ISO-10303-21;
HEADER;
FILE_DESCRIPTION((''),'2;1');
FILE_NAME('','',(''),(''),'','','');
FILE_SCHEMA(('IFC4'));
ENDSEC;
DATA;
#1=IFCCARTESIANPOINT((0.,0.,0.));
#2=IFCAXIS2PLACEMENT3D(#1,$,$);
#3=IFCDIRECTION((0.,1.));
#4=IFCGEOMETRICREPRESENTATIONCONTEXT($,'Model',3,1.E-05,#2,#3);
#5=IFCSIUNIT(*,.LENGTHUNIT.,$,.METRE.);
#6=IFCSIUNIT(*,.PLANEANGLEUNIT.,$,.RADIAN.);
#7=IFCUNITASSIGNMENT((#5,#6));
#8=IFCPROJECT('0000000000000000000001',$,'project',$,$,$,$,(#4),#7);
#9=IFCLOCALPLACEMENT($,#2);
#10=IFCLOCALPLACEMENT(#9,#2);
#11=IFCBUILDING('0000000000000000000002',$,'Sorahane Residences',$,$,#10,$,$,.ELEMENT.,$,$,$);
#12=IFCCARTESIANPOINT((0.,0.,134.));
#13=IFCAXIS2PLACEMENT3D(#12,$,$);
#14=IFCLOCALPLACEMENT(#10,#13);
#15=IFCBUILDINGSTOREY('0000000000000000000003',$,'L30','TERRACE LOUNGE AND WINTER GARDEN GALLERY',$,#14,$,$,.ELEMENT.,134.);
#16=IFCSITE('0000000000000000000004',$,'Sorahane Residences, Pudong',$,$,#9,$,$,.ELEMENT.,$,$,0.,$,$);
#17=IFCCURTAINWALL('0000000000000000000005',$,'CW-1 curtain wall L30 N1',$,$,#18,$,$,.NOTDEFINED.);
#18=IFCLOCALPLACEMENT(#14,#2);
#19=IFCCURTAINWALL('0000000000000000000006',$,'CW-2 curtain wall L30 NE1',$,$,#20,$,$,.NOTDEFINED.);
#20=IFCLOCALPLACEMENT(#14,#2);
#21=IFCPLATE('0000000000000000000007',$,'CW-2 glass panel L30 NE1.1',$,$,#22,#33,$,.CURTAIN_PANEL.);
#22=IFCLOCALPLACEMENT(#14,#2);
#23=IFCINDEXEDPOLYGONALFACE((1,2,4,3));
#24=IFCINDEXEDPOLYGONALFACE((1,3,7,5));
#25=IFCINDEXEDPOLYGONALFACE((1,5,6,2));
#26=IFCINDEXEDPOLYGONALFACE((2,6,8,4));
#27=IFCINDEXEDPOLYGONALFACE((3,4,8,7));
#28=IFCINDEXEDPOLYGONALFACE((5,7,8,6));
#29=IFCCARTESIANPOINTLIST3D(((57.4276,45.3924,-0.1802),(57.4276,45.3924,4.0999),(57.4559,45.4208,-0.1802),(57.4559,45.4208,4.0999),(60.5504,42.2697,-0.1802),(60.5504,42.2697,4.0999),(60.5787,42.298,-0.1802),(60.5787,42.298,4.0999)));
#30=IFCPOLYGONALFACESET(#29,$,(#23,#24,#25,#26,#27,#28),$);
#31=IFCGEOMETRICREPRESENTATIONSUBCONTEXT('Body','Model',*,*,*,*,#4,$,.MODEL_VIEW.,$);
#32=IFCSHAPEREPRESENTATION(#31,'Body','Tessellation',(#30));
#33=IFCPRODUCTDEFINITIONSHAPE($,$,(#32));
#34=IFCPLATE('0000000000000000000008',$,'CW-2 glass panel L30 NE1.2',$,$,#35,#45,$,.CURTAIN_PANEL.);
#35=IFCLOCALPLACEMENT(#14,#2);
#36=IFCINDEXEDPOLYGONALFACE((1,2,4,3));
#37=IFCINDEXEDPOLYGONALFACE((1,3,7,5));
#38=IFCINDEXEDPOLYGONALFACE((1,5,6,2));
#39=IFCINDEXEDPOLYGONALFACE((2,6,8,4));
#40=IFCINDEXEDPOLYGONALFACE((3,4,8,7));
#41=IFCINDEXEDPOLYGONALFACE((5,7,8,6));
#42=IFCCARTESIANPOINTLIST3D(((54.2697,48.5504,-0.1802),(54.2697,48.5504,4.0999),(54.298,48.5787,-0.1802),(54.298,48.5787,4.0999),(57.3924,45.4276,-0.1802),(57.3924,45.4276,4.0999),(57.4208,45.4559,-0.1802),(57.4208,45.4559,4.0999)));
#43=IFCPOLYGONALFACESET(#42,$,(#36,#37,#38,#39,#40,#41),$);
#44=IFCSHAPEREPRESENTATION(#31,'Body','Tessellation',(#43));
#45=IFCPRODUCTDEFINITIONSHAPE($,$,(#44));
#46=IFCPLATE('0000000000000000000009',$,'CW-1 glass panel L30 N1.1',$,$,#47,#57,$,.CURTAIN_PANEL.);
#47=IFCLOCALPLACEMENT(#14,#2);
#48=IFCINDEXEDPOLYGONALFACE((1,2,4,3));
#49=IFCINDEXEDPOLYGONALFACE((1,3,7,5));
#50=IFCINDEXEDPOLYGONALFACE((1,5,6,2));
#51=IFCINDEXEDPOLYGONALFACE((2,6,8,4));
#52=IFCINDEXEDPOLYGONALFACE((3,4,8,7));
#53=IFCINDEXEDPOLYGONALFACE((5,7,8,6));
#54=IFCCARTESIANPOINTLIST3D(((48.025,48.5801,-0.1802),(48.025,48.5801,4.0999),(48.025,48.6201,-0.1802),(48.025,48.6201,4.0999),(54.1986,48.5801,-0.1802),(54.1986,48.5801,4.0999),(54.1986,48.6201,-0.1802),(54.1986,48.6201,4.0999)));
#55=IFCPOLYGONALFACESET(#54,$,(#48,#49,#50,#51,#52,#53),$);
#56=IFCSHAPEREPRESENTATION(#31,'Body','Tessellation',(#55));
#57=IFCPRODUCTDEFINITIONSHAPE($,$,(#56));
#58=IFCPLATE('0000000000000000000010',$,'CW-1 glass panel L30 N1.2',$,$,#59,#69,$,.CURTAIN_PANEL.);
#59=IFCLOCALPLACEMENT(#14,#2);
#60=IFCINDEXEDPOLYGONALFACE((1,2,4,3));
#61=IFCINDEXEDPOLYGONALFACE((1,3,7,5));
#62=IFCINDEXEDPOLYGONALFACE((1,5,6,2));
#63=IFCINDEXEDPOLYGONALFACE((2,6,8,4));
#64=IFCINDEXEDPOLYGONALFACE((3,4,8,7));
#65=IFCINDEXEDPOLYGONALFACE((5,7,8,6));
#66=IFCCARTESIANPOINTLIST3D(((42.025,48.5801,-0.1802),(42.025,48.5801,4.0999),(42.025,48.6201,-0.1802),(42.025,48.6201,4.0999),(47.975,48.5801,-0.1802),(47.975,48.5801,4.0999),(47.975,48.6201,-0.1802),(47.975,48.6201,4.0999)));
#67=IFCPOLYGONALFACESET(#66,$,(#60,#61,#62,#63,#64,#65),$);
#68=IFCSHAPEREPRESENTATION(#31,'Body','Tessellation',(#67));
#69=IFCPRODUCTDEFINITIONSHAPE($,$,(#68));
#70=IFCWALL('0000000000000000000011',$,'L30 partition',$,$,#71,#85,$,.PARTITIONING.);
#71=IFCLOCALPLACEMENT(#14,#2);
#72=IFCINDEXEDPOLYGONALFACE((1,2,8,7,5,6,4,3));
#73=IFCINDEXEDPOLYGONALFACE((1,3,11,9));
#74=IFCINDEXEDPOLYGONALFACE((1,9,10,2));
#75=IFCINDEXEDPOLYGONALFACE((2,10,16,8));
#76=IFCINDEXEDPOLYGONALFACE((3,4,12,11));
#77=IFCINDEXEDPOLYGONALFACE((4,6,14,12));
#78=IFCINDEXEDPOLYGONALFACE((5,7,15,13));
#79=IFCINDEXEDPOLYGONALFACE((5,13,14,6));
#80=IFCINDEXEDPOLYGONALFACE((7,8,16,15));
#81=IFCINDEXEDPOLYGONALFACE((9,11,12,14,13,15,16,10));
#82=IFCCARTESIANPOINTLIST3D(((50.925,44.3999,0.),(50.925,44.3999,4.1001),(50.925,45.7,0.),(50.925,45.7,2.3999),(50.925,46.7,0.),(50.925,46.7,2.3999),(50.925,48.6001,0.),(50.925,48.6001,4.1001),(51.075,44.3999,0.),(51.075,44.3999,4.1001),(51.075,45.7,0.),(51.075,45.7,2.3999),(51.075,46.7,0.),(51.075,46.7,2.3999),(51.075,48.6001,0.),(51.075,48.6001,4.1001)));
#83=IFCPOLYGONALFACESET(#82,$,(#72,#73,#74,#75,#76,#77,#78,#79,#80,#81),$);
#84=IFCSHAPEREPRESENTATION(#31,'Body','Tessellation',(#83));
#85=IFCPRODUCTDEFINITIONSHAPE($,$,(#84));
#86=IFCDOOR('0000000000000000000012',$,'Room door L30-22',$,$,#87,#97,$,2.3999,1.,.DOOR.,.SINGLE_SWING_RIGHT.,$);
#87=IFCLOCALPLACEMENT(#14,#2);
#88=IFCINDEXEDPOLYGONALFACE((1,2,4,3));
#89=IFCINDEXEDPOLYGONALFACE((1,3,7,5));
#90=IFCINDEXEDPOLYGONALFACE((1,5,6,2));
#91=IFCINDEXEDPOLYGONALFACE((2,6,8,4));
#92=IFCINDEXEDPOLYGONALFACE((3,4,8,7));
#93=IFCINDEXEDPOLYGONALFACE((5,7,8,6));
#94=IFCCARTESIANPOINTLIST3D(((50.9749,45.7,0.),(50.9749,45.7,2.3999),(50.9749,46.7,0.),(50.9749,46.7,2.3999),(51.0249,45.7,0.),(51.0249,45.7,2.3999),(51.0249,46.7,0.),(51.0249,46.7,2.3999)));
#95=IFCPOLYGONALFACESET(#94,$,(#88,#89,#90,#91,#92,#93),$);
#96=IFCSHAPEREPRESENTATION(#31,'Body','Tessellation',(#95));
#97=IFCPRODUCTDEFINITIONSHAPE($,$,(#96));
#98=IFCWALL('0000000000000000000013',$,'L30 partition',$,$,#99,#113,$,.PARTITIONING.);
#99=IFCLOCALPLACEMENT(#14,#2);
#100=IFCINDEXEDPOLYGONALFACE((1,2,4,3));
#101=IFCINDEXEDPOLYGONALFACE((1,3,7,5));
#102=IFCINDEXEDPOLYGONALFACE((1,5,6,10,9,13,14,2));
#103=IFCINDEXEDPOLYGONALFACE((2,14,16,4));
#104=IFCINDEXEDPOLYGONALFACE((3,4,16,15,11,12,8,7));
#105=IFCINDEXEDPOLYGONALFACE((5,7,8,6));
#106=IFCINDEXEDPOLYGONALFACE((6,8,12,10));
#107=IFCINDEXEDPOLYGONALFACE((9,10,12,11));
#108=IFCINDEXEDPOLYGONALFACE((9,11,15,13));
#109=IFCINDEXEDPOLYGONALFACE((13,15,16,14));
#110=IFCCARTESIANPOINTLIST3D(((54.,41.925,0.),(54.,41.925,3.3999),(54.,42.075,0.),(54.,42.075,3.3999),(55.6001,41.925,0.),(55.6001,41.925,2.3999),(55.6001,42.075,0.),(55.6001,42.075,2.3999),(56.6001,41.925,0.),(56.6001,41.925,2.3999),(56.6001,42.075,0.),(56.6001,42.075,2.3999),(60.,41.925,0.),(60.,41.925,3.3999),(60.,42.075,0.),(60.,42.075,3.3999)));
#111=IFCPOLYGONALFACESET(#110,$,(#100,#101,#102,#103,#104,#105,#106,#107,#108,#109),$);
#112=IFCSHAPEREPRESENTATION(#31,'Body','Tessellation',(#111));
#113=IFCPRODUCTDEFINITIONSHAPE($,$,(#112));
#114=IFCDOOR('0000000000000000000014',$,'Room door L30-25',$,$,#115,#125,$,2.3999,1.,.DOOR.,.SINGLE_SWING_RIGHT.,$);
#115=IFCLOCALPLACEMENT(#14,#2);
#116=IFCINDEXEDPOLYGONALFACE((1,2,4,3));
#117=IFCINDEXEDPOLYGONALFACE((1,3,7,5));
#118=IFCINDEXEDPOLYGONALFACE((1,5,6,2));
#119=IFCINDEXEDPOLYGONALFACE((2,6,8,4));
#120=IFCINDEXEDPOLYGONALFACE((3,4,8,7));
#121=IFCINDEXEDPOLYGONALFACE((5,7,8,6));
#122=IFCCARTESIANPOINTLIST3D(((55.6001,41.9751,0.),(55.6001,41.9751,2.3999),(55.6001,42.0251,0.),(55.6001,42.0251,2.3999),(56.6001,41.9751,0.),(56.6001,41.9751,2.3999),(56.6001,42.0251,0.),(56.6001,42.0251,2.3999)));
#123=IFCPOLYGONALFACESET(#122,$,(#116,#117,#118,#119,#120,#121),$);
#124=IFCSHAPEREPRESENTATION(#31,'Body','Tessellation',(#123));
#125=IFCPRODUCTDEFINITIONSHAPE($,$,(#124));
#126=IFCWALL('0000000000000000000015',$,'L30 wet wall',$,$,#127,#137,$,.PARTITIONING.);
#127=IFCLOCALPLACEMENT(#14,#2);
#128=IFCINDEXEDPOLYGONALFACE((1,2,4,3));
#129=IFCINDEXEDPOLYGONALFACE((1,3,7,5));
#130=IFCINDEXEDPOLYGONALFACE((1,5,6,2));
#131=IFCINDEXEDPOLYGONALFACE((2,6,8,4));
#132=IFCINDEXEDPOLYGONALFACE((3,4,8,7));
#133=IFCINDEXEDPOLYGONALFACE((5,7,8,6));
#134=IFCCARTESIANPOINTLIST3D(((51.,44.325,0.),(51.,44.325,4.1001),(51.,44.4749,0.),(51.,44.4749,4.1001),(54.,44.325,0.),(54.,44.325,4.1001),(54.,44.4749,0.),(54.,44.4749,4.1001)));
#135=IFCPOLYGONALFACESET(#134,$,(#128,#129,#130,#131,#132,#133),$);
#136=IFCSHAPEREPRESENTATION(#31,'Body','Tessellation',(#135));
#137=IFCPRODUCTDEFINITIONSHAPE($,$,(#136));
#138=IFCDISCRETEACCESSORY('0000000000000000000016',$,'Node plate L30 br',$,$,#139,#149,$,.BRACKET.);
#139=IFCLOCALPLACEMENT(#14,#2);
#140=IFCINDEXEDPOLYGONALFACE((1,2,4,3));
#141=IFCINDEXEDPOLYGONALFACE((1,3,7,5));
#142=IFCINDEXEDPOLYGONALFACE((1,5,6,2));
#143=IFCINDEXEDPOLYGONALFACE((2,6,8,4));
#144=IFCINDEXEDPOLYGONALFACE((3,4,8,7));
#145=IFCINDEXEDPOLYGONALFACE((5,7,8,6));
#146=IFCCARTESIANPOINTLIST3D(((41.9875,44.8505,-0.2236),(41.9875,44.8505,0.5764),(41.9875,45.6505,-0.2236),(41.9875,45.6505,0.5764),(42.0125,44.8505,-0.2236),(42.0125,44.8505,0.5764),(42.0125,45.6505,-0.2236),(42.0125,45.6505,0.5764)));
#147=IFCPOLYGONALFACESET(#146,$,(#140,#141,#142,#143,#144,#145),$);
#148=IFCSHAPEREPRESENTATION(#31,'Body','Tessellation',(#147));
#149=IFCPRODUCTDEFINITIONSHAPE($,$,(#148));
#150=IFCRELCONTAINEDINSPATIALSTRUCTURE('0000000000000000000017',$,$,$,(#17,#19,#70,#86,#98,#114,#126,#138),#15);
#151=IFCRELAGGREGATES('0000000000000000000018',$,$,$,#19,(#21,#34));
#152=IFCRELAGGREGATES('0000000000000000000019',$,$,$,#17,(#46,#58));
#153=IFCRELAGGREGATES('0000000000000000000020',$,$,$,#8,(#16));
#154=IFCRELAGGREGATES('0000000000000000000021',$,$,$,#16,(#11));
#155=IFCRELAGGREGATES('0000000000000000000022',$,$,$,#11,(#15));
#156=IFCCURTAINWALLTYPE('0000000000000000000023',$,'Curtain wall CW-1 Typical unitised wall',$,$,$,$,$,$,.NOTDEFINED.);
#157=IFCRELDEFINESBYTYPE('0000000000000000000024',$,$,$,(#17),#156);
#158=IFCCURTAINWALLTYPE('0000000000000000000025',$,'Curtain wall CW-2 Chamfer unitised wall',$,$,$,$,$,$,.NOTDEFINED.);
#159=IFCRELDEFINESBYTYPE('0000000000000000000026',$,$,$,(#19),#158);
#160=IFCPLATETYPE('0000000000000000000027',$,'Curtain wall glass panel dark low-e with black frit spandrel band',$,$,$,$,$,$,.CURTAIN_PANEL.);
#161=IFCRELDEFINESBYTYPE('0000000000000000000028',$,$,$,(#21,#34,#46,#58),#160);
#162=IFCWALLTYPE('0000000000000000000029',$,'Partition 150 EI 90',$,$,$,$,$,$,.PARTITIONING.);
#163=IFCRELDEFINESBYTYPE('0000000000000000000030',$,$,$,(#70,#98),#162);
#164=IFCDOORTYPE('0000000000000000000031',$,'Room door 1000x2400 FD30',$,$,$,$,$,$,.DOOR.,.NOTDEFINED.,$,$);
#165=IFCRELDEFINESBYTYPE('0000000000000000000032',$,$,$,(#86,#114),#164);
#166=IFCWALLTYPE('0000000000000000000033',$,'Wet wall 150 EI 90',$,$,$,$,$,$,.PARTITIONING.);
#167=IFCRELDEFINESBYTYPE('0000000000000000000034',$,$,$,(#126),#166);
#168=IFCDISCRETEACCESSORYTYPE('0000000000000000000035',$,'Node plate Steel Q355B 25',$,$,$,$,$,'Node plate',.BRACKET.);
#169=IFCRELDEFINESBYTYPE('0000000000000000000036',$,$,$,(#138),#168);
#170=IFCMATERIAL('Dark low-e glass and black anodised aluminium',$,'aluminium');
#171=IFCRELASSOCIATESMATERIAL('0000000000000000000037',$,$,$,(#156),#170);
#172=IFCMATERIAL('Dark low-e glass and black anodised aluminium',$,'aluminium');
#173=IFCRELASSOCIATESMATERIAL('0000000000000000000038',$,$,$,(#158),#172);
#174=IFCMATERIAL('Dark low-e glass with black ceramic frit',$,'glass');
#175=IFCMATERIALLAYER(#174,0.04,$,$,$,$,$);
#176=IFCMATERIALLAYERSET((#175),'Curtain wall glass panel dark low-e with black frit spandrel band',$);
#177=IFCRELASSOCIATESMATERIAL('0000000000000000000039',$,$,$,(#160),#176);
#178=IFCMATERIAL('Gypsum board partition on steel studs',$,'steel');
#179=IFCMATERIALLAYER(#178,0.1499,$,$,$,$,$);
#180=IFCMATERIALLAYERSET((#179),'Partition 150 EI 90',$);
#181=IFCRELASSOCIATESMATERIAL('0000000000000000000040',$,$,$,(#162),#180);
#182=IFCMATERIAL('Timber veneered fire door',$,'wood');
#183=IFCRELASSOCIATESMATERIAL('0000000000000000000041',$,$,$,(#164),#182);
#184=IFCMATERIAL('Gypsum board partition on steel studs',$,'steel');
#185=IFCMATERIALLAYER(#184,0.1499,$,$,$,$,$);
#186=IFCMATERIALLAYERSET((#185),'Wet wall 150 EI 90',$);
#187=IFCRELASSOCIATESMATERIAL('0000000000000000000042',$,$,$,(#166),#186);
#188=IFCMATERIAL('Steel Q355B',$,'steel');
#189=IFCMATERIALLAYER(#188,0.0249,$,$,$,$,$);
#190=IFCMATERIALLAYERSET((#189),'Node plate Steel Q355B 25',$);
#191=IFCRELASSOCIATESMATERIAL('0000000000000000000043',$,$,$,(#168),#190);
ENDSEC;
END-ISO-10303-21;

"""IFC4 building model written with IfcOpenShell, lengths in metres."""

from ifc_helpers import new_model, si_unit, direction, frame, frame_2d, origin, origin_2d, place, context, subcontext, project, spatial, rectangle, extrude, material, layer, layer_set, type_object, element, fill, aggregate, save


model = new_model("IFC4")

# Units and contexts
model_context = context("Model", 3, precision=1e-05, world=origin(), true_north=direction((0.0, 1.0)))
body_context = subcontext(model_context, "Body", "Model", "MODEL_VIEW")
ifc_project = project(units=[si_unit("LENGTHUNIT", "METRE"), si_unit("PLANEANGLEUNIT", "RADIAN")], contexts=[model_context])

# Site, building, storey
site_placement = place(None, origin())
site = spatial("IfcSite", under=ifc_project, at=site_placement, Name="Sorahane Residences, Pudong", CompositionType="ELEMENT", RefElevation=0.0)
building_placement = place(site_placement, origin())
building = spatial("IfcBuilding", under=site, at=building_placement, Name="Sorahane Residences", CompositionType="ELEMENT")
storey_placement = place(building_placement, frame((0.0, 0.0, 134.0)))
storey = spatial("IfcBuildingStorey", under=building, at=storey_placement, Name="L30", Description="TERRACE LOUNGE AND WINTER GARDEN GALLERY", CompositionType="ELEMENT", Elevation=134.0)

# Shared definitions
ifc_material_1 = material(Name="Dark low-e glass and black anodised aluminium", Category="aluminium")
curtain_wall_type_1 = type_object("IfcCurtainWallType", Name="Curtain wall CW-1 Typical unitised wall", PredefinedType="NOTDEFINED", material=ifc_material_1)

# Curtain walls
curtain_wall_1_placement = place(storey_placement, origin())
curtain_wall_1 = element("IfcCurtainWall", 1, at=curtain_wall_1_placement, inside=storey, type_object=curtain_wall_type_1, Name="CW-1 curtain wall L30 N1", PredefinedType="NOTDEFINED")
ifc_material_2 = material(Name="Dark low-e glass and black anodised aluminium", Category="aluminium")
curtain_wall_type_2 = type_object("IfcCurtainWallType", Name="Curtain wall CW-2 Chamfer unitised wall", PredefinedType="NOTDEFINED", material=ifc_material_2)
curtain_wall_2_placement = place(storey_placement, origin())
curtain_wall_2 = element("IfcCurtainWall", 2, at=curtain_wall_2_placement, inside=storey, type_object=curtain_wall_type_2, Name="CW-2 curtain wall L30 NE1", PredefinedType="NOTDEFINED")

# Plates
ifc_material_3 = material(Name="Dark low-e glass with black ceramic frit", Category="glass")
ifc_layer_1 = layer(ifc_material_3, 0.04)
ifc_layer_set_1 = layer_set([ifc_layer_1], Name="Curtain wall glass panel dark low-e with black frit spandrel band")
plate_type = type_object("IfcPlateType", Name="Curtain wall glass panel dark low-e with black frit spandrel band", PredefinedType="CURTAIN_PANEL", material=ifc_layer_set_1)
plate_1_placement = place(storey_placement, frame((59.0032, 43.8452, -0.1802), z_axis=(0.0, 0.0, 1.0), x_axis=(-0.707107, 0.707107, 0.0)))
plate_1 = element("IfcPlate", 3, at=plate_1_placement, type_object=plate_type, Name="CW-2 glass panel L30 NE1.1", PredefinedType="CURTAIN_PANEL", context=body_context, shape_type="SweptSolid", body=[
    extrude(rectangle(XDim=4.4163, YDim=0.04, at=origin_2d()), origin(), (0.0, 0.0, 1.0), 4.28),
])
plate_2_placement = place(storey_placement, frame((55.8452, 47.0032, -0.1802), z_axis=(0.0, 0.0, 1.0), x_axis=(-0.707107, 0.707107, 0.0)))
plate_2 = element("IfcPlate", 4, at=plate_2_placement, type_object=plate_type, Name="CW-2 glass panel L30 NE1.2", PredefinedType="CURTAIN_PANEL", context=body_context, shape_type="SweptSolid", body=[
    extrude(rectangle(XDim=4.4163, YDim=0.04, at=origin_2d()), origin(), (0.0, 0.0, 1.0), 4.28),
])
aggregate(curtain_wall_2, [plate_1, plate_2])
plate_3_placement = place(storey_placement, frame((51.1118, 48.6001, -0.1802), z_axis=(0.0, 0.0, 1.0), x_axis=(-1.0, 0.0, 0.0)))
plate_3 = element("IfcPlate", 5, at=plate_3_placement, type_object=plate_type, Name="CW-1 glass panel L30 N1.1", PredefinedType="CURTAIN_PANEL", context=body_context, shape_type="SweptSolid", body=[
    extrude(rectangle(XDim=6.1736, YDim=0.04, at=origin_2d()), origin(), (0.0, 0.0, 1.0), 4.28),
])
plate_4_placement = place(storey_placement, frame((45.0, 48.6001, -0.1802), z_axis=(0.0, 0.0, 1.0), x_axis=(-1.0, 0.0, 0.0)))
plate_4 = element("IfcPlate", 6, at=plate_4_placement, type_object=plate_type, Name="CW-1 glass panel L30 N1.2", PredefinedType="CURTAIN_PANEL", context=body_context, shape_type="SweptSolid", body=[
    extrude(rectangle(XDim=5.95, YDim=0.04, at=origin_2d()), origin(), (0.0, 0.0, 1.0), 4.28),
])
aggregate(curtain_wall_1, [plate_3, plate_4])

# Walls, openings, doors
ifc_material_4 = material(Name="Gypsum board partition on steel studs", Category="steel")
ifc_layer_2 = layer(ifc_material_4, 0.1499)
ifc_layer_set_2 = layer_set([ifc_layer_2], Name="Partition 150 EI 90")
wall_type_1 = type_object("IfcWallType", Name="Partition 150 EI 90", PredefinedType="PARTITIONING", material=ifc_layer_set_2)
wall_1_placement = place(storey_placement, frame((51.0, 44.3999, 0.0), z_axis=(0.0, 0.0, 1.0), x_axis=(0.0, 1.0, 0.0)))
wall_1 = element("IfcWall", 7, at=wall_1_placement, inside=storey, type_object=wall_type_1, Name="L30 partition", PredefinedType="PARTITIONING", context=body_context, shape_type="SweptSolid", body=[
    extrude(rectangle(XDim=4.2002, YDim=0.1499, at=frame_2d((2.1001, 0.0))), origin(), (0.0, 0.0, 1.0), 4.1001),
])
opening_1_placement = place(wall_1_placement, frame((1.3, 0.0, 0.0)))
opening_1 = element("IfcOpeningElement", 8, at=opening_1_placement, cuts=wall_1, PredefinedType="OPENING", context=body_context, shape_type="SweptSolid", body=[
    extrude(rectangle(XDim=1.0, YDim=2.3999, at=frame_2d((0.5, 1.2))), frame((0.0, 0.085, 0.0), z_axis=(0.0, -1.0, 0.0), x_axis=(1.0, 0.0, 0.0)), (0.0, 0.0, 1.0), 0.1699),
])
ifc_material_5 = material(Name="Timber veneered fire door", Category="wood")
door_type = type_object("IfcDoorType", Name="Room door 1000x2400 FD30", OperationType="NOTDEFINED", PredefinedType="DOOR", material=ifc_material_5)
door_1_placement = place(opening_1_placement, frame((1.0, 0.0, 0.0), z_axis=(0.0, 0.0, 1.0), x_axis=(-1.0, 0.0, 0.0)))
door_1 = element("IfcDoor", 9, at=door_1_placement, inside=storey, type_object=door_type, Name="Room door L30-22", OperationType="SINGLE_SWING_RIGHT", OverallHeight=2.3999, OverallWidth=1.0, PredefinedType="DOOR", context=body_context, shape_type="SweptSolid", body=[
    extrude(rectangle(XDim=1.0, YDim=2.3999, at=frame_2d((0.5, 1.2))), frame((0.0, 0.0249, 0.0), z_axis=(0.0, -1.0, 0.0), x_axis=(1.0, 0.0, 0.0)), (0.0, 0.0, 1.0), 0.05),
])
fill(opening_1, door_1)
wall_2_placement = place(storey_placement, frame((54.0, 42.0, 0.0), z_axis=(0.0, 0.0, 1.0), x_axis=(1.0, 0.0, 0.0)))
wall_2 = element("IfcWall", 10, at=wall_2_placement, inside=storey, type_object=wall_type_1, Name="L30 partition", PredefinedType="PARTITIONING", context=body_context, shape_type="SweptSolid", body=[
    extrude(rectangle(XDim=6.0, YDim=0.1499, at=frame_2d((3.0, 0.0))), origin(), (0.0, 0.0, 1.0), 3.3999),
])
opening_2_placement = place(wall_2_placement, frame((1.6001, 0.0, 0.0)))
opening_2 = element("IfcOpeningElement", 11, at=opening_2_placement, cuts=wall_2, PredefinedType="OPENING", context=body_context, shape_type="SweptSolid", body=[
    extrude(rectangle(XDim=1.0, YDim=2.3999, at=frame_2d((0.5, 1.2))), frame((0.0, 0.085, 0.0), z_axis=(0.0, -1.0, 0.0), x_axis=(1.0, 0.0, 0.0)), (0.0, 0.0, 1.0), 0.1699),
])
door_2_placement = place(opening_2_placement, frame((1.0, 0.0, 0.0), z_axis=(0.0, 0.0, 1.0), x_axis=(-1.0, 0.0, 0.0)))
door_2 = element("IfcDoor", 12, at=door_2_placement, inside=storey, type_object=door_type, Name="Room door L30-25", OperationType="SINGLE_SWING_RIGHT", OverallHeight=2.3999, OverallWidth=1.0, PredefinedType="DOOR", context=body_context, shape_type="SweptSolid", body=[
    extrude(rectangle(XDim=1.0, YDim=2.3999, at=frame_2d((0.5, 1.2))), frame((0.0, 0.0249, 0.0), z_axis=(0.0, -1.0, 0.0), x_axis=(1.0, 0.0, 0.0)), (0.0, 0.0, 1.0), 0.05),
])
fill(opening_2, door_2)

# Wall
ifc_material_6 = material(Name="Gypsum board partition on steel studs", Category="steel")
ifc_layer_3 = layer(ifc_material_6, 0.1499)
ifc_layer_set_3 = layer_set([ifc_layer_3], Name="Wet wall 150 EI 90")
wall_type_2 = type_object("IfcWallType", Name="Wet wall 150 EI 90", PredefinedType="PARTITIONING", material=ifc_layer_set_3)
wall_3_placement = place(storey_placement, frame((51.0, 44.3999, 0.0), z_axis=(0.0, 0.0, 1.0), x_axis=(1.0, 0.0, 0.0)))
element("IfcWall", 13, at=wall_3_placement, inside=storey, type_object=wall_type_2, Name="L30 wet wall", PredefinedType="PARTITIONING", context=body_context, shape_type="SweptSolid", body=[
    extrude(rectangle(XDim=3.0, YDim=0.1499, at=frame_2d((1.5, 0.0))), origin(), (0.0, 0.0, 1.0), 4.1001),
])

# Discrete accessory
ifc_material_7 = material(Name="Steel Q355B", Category="steel")
ifc_layer_4 = layer(ifc_material_7, 0.0249)
ifc_layer_set_4 = layer_set([ifc_layer_4], Name="Node plate Steel Q355B 25")
discrete_accessory_type = type_object("IfcDiscreteAccessoryType", Name="Node plate Steel Q355B 25", ElementType="Node plate", PredefinedType="BRACKET", material=ifc_layer_set_4)
discrete_accessory_placement = place(storey_placement, frame((42.0, 45.2505, -0.2236), z_axis=(0.0, 0.0, 1.0), x_axis=(0.0, 1.0, 0.0)))
element("IfcDiscreteAccessory", 14, at=discrete_accessory_placement, inside=storey, type_object=discrete_accessory_type, Name="Node plate L30 br", PredefinedType="BRACKET", context=body_context, shape_type="SweptSolid", body=[
    extrude(rectangle(XDim=0.8, YDim=0.0249, at=origin_2d()), origin(), (0.0, 0.0, 1.0), 0.8),
])

save(model, "model.ifc")
